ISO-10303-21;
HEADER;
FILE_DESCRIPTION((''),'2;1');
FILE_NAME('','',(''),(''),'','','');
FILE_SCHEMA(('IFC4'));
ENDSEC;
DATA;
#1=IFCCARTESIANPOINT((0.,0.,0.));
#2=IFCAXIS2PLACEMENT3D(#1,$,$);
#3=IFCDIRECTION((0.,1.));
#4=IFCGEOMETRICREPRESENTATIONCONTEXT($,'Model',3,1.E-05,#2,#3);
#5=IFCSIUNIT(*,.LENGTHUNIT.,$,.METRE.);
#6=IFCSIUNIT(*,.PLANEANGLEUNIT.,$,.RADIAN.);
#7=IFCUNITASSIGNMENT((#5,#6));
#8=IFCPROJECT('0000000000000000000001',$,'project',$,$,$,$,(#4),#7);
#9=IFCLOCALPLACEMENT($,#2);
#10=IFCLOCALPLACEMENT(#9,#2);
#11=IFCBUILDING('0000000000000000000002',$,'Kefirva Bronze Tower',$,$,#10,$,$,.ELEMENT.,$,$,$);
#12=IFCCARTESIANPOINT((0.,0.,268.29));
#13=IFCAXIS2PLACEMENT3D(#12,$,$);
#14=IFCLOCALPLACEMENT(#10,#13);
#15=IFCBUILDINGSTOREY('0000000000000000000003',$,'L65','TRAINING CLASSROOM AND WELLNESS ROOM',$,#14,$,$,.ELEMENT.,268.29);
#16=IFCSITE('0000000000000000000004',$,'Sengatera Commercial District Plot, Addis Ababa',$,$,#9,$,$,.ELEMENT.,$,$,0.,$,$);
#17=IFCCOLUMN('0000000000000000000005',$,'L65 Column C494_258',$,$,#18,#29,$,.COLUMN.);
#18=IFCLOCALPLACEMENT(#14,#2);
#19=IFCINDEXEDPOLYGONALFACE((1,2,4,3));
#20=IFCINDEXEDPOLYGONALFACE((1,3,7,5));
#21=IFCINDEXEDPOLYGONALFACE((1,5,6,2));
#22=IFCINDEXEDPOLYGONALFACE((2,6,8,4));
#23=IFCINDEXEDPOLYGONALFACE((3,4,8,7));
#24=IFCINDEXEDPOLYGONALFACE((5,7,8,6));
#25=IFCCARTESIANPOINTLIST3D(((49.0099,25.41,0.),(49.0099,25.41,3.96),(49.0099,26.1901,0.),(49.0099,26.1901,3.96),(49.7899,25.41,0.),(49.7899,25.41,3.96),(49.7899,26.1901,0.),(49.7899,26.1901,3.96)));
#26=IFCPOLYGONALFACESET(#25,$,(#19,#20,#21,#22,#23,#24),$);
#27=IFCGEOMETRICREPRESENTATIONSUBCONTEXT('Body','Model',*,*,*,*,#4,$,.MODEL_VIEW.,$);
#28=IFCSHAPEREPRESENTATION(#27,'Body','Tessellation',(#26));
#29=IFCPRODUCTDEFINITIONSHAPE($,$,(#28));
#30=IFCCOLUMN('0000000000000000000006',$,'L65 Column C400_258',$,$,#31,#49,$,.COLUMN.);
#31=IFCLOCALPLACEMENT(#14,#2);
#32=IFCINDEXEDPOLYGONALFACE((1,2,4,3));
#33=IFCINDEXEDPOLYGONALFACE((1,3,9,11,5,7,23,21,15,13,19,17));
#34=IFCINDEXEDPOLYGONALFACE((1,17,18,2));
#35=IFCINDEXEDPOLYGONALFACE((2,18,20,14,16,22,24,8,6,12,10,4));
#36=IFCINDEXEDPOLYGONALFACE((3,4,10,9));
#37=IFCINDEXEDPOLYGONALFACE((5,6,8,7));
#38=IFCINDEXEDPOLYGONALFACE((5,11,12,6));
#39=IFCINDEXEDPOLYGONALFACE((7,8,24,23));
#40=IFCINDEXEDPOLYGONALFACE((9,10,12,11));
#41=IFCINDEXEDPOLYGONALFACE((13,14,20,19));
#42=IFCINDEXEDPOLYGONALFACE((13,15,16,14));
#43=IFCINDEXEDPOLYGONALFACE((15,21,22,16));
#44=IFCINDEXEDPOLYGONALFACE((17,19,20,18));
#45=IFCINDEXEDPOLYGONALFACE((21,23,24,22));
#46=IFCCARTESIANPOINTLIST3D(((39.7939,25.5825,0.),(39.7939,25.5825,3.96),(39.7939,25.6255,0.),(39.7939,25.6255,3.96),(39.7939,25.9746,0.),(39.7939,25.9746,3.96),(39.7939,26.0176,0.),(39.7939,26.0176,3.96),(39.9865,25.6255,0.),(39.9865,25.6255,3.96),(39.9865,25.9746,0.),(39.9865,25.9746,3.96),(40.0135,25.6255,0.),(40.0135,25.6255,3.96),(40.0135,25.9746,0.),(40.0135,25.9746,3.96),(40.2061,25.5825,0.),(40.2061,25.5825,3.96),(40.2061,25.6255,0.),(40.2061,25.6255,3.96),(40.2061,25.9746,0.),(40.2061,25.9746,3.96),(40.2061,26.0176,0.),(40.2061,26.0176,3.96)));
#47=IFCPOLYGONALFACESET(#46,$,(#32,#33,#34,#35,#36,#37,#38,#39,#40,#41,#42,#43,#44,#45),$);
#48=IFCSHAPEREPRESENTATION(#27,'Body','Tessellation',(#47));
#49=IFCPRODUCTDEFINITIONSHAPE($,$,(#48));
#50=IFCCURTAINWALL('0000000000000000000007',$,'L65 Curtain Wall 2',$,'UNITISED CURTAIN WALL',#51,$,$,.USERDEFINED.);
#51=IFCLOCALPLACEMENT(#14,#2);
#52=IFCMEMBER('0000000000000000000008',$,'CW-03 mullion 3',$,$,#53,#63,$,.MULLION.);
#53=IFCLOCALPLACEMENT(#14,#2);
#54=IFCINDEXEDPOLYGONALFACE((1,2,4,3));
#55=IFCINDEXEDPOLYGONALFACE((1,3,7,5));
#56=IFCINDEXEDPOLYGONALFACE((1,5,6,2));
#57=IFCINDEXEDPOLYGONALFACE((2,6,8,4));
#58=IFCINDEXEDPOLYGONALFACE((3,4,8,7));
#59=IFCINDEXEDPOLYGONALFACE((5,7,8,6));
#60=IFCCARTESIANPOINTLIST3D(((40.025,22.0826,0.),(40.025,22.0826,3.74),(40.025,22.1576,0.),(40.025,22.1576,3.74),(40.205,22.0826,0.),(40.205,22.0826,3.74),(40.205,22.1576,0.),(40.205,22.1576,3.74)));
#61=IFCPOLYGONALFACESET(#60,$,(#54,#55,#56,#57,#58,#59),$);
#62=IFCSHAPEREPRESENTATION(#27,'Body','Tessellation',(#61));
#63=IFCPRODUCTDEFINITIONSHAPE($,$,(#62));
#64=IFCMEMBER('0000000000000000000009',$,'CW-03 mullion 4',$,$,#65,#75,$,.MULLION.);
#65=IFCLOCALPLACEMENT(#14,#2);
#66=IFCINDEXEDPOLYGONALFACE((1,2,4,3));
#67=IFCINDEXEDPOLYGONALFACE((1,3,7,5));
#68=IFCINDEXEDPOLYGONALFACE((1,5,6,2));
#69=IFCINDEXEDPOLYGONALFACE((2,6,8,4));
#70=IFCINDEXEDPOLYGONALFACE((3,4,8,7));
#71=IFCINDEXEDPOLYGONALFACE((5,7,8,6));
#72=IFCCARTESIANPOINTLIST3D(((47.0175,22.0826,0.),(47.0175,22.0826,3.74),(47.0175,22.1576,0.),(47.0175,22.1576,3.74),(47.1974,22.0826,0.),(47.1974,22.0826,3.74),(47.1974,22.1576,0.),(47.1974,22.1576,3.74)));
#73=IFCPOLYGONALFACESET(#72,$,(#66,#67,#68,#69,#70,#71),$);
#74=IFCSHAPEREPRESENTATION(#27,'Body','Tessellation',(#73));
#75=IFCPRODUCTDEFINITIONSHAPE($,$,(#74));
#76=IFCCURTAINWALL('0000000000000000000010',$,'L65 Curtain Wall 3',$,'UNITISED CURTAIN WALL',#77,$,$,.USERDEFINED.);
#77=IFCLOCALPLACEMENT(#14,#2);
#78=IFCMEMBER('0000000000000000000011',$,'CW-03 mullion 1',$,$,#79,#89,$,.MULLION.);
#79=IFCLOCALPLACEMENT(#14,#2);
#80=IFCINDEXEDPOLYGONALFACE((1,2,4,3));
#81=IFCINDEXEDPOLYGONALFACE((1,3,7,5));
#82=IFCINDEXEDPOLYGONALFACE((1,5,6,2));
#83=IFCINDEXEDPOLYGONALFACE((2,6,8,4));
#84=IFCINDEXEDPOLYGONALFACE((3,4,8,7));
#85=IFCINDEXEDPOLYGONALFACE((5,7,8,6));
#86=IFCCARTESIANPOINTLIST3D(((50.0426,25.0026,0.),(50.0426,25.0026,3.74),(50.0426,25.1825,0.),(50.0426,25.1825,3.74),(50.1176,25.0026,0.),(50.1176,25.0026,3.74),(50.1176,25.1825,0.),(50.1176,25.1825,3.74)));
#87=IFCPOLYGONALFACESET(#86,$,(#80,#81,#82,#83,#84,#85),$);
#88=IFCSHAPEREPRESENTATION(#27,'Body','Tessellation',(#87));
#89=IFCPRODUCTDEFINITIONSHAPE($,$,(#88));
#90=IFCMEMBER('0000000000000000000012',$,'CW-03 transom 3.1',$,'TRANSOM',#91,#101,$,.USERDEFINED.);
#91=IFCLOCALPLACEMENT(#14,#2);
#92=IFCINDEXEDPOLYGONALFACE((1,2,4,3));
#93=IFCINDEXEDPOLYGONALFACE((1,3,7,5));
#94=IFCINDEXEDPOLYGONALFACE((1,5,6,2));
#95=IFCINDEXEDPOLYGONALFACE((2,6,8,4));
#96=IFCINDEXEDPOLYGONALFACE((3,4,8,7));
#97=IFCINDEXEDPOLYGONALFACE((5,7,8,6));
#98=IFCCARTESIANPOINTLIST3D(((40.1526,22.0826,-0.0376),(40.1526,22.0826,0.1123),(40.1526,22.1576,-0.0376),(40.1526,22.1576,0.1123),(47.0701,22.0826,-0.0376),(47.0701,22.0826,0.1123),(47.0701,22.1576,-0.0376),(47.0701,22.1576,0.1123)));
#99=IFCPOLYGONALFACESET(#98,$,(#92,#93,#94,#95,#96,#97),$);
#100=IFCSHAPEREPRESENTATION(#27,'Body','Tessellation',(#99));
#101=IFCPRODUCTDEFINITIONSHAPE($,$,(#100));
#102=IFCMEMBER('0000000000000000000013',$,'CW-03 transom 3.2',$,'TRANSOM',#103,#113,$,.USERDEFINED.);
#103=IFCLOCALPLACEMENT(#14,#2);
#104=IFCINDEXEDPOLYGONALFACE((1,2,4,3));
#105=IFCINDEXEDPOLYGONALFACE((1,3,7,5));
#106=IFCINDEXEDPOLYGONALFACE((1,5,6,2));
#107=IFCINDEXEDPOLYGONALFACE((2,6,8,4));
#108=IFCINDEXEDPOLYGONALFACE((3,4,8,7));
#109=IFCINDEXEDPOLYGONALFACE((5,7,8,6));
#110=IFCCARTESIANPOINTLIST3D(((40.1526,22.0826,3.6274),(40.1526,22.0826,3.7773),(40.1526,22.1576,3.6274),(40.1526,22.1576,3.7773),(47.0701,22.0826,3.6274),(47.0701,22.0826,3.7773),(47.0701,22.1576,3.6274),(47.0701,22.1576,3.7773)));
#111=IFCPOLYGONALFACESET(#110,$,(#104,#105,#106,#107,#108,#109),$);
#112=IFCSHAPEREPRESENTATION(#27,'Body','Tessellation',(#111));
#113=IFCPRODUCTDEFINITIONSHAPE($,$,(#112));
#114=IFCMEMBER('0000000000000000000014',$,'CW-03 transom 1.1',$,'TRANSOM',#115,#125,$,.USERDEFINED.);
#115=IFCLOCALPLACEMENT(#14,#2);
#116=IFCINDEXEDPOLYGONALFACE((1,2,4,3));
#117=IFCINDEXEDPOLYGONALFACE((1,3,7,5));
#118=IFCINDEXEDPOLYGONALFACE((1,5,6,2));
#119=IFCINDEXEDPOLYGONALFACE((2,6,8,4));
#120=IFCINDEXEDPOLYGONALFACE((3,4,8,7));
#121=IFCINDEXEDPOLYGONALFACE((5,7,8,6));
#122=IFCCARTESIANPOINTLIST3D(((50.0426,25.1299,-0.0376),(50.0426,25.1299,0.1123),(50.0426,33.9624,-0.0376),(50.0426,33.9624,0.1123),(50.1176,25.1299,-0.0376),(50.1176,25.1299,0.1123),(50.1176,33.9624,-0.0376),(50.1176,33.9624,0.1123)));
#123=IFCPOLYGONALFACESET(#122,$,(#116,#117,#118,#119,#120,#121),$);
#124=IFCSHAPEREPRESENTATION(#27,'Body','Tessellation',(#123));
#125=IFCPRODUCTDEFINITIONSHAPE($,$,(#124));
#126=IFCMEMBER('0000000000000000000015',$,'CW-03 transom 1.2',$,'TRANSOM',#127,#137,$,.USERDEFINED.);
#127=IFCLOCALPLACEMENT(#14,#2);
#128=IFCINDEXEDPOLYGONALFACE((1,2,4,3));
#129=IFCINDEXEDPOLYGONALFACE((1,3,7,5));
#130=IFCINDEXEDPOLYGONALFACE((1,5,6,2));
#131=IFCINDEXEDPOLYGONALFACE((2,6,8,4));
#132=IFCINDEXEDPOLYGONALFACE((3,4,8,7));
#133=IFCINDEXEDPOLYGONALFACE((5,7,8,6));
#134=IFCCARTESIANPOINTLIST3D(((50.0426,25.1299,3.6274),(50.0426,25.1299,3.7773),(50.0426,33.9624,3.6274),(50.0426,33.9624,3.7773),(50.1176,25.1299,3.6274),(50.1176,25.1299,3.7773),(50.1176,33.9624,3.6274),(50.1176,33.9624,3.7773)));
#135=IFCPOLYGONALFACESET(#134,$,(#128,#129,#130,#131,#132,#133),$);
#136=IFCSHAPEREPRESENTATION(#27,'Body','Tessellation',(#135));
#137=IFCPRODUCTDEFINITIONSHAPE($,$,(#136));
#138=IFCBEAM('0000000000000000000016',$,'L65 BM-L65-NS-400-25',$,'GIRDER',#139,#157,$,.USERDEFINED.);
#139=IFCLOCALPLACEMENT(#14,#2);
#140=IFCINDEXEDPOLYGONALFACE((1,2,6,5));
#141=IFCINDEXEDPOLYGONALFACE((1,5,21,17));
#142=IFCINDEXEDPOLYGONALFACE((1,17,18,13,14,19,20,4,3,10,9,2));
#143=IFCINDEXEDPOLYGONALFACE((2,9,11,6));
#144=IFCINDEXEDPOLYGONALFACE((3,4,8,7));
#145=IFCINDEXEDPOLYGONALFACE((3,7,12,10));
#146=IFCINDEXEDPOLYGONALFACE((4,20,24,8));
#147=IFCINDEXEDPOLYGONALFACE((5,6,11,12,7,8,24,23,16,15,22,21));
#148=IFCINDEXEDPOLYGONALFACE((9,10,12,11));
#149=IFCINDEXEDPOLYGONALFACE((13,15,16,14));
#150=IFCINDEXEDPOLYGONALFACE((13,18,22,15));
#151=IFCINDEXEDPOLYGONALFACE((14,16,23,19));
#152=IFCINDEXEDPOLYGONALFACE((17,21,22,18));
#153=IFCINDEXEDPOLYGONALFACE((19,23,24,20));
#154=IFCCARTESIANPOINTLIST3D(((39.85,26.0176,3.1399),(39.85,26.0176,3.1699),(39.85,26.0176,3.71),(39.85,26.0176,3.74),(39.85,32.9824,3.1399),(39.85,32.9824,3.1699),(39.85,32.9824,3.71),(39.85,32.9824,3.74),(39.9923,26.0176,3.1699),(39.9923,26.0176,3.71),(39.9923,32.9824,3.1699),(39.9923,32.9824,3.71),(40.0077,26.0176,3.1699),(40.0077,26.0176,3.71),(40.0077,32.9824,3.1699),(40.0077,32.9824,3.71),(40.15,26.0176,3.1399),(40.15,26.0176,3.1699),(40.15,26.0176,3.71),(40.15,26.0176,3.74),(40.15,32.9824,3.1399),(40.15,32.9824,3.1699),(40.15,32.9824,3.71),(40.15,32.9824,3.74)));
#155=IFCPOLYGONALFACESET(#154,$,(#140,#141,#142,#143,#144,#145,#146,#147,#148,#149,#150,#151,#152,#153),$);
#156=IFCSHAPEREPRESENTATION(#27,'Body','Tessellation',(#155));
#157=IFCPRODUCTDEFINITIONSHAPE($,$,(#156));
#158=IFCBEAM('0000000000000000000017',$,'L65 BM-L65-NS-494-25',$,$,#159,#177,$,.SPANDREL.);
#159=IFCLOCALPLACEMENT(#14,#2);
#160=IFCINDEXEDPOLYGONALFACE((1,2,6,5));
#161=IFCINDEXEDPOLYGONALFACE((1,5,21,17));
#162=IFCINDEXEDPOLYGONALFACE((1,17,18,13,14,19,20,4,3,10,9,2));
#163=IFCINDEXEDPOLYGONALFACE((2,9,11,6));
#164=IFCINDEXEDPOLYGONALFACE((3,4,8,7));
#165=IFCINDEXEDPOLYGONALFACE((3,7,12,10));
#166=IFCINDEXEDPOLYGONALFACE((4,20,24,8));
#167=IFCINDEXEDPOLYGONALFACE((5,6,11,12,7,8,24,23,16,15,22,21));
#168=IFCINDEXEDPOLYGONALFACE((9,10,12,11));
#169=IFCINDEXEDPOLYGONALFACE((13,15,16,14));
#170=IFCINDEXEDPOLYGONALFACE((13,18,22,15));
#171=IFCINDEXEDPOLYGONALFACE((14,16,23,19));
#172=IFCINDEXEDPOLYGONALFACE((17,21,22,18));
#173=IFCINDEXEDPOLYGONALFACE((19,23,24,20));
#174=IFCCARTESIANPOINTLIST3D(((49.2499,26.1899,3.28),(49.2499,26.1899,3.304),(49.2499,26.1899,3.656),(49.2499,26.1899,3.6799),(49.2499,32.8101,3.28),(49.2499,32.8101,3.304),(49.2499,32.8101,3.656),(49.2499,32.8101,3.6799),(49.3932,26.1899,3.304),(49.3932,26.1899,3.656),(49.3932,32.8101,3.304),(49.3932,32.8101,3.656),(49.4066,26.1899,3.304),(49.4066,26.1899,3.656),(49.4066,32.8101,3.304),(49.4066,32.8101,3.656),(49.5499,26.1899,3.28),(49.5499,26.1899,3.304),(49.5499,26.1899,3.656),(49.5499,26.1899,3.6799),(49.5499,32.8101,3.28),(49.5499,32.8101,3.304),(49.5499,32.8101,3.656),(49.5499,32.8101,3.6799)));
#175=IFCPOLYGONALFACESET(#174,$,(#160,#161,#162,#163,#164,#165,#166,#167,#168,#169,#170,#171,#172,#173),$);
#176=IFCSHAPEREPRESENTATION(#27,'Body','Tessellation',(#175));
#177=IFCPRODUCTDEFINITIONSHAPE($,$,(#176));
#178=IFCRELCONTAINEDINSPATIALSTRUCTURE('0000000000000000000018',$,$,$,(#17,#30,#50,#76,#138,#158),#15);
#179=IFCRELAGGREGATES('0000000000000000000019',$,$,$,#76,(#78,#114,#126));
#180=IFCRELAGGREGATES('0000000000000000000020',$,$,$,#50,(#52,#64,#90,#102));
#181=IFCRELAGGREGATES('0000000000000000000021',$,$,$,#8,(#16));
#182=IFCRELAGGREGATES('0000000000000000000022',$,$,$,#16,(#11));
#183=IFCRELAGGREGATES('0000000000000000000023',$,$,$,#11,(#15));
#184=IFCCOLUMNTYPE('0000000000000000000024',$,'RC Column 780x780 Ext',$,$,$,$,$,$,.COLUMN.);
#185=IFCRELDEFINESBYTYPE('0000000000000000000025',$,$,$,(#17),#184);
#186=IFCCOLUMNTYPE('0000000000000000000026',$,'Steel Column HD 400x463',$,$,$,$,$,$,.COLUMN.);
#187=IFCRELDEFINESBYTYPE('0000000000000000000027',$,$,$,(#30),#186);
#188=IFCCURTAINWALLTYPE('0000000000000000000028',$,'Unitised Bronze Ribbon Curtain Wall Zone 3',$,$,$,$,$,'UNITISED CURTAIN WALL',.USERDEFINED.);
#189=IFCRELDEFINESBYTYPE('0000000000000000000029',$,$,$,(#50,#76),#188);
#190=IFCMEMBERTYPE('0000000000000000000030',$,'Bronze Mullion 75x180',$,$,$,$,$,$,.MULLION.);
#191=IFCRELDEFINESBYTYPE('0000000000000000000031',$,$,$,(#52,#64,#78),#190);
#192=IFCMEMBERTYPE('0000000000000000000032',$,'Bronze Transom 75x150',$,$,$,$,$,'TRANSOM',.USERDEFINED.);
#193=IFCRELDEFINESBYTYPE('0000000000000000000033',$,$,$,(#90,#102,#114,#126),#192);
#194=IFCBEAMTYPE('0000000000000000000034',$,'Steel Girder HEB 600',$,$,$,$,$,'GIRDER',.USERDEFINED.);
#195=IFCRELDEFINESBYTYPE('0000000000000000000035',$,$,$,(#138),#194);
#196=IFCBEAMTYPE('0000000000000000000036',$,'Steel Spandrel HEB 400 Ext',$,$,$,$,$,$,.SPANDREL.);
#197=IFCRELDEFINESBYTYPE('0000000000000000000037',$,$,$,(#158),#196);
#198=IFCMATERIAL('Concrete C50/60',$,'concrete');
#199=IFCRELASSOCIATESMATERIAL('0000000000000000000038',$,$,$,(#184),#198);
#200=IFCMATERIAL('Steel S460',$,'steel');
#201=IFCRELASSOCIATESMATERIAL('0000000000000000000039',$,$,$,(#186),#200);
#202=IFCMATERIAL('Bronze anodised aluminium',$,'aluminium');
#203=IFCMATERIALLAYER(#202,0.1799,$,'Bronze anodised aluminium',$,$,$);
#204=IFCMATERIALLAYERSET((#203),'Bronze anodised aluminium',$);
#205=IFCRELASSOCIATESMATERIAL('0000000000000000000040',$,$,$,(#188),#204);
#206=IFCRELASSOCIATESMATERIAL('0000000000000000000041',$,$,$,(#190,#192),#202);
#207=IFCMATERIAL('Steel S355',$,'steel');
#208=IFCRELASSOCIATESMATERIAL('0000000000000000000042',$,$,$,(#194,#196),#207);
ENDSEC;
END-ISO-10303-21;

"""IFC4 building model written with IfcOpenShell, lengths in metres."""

from ifc_helpers import new_model, si_unit, direction, frame, origin, origin_2d, place, context, subcontext, project, spatial, rectangle, i_section, extrude, material, layer, layer_set, material_profile, profile_set, type_object, element, aggregate, save


model = new_model("IFC4")

# Units and contexts
model_context = context("Model", 3, precision=1e-05, world=origin(), true_north=direction((0.0, 1.0)))
body_context = subcontext(model_context, "Body", "Model", "MODEL_VIEW")
ifc_project = project(units=[si_unit("LENGTHUNIT", "METRE"), si_unit("PLANEANGLEUNIT", "RADIAN")], contexts=[model_context])

# Site, building, storey
site_placement = place(None, origin())
site = spatial("IfcSite", under=ifc_project, at=site_placement, Name="Sengatera Commercial District Plot, Addis Ababa", CompositionType="ELEMENT", RefElevation=0.0)
building_placement = place(site_placement, origin())
building = spatial("IfcBuilding", under=site, at=building_placement, Name="Kefirva Bronze Tower", CompositionType="ELEMENT")
storey_placement = place(building_placement, frame((0.0, 0.0, 268.29)))
storey = spatial("IfcBuildingStorey", under=building, at=storey_placement, Name="L65", Description="TRAINING CLASSROOM AND WELLNESS ROOM", CompositionType="ELEMENT", Elevation=268.29)

# Columns
ifc_material_1 = material(Name="Concrete C50/60", Category="concrete")
ifc_material_profile_1 = material_profile(ifc_material_1, rectangle(XDim=0.78, YDim=0.78, at=origin_2d()), Name="RC 780x780")
ifc_profile_set_1 = profile_set([ifc_material_profile_1], Name="Concrete C50/60")
column_type_1 = type_object("IfcColumnType", Name="RC Column 780x780 Ext", PredefinedType="COLUMN", material=ifc_profile_set_1)
column_1_placement = place(storey_placement, frame((49.3999, 25.8, 0.0), z_axis=(0.0, 0.0, 1.0), x_axis=(1.0, 0.0, 0.0)))
element("IfcColumn", 1, at=column_1_placement, inside=storey, type_object=column_type_1, Name="L65 Column C494_258", PredefinedType="COLUMN", context=body_context, shape_type="SweptSolid", body=[
    extrude(rectangle(XDim=0.78, YDim=0.78, at=origin_2d()), origin(), (0.0, 0.0, 1.0), 3.96),
])
ifc_material_2 = material(Name="Steel S460", Category="steel")
ifc_material_profile_2 = material_profile(ifc_material_2, i_section(OverallWidth=0.4121, OverallDepth=0.4351, WebThickness=0.0271, FlangeThickness=0.043, at=origin_2d()), Name="HD 400x463")
ifc_profile_set_2 = profile_set([ifc_material_profile_2], Name="Steel S460")
column_type_2 = type_object("IfcColumnType", Name="Steel Column HD 400x463", PredefinedType="COLUMN", material=ifc_profile_set_2)
column_2_placement = place(storey_placement, frame((40.0, 25.8, 0.0), z_axis=(0.0, 0.0, 1.0), x_axis=(1.0, 0.0, 0.0)))
element("IfcColumn", 2, at=column_2_placement, inside=storey, type_object=column_type_2, Name="L65 Column C400_258", PredefinedType="COLUMN", context=body_context, shape_type="SweptSolid", body=[
    extrude(i_section(OverallWidth=0.4121, OverallDepth=0.4351, WebThickness=0.0271, FlangeThickness=0.043, at=origin_2d()), origin(), (0.0, 0.0, 1.0), 3.96),
])

# Curtain wall, members
ifc_material_3 = material(Name="Bronze anodised aluminium", Category="aluminium")
ifc_layer_1 = layer(ifc_material_3, 0.1799, Name="Bronze anodised aluminium")
ifc_layer_set_1 = layer_set([ifc_layer_1], Name="Bronze anodised aluminium")
curtain_wall_type = type_object("IfcCurtainWallType", Name="Unitised Bronze Ribbon Curtain Wall Zone 3", ElementType="UNITISED CURTAIN WALL", PredefinedType="USERDEFINED", material=ifc_layer_set_1)
curtain_wall_1_placement = place(storey_placement, origin())
curtain_wall_1 = element("IfcCurtainWall", 3, at=curtain_wall_1_placement, inside=storey, type_object=curtain_wall_type, Name="L65 Curtain Wall 2", ObjectType="UNITISED CURTAIN WALL", PredefinedType="USERDEFINED")
ifc_material_profile_3 = material_profile(ifc_material_3, rectangle(XDim=0.075, YDim=0.1799, at=origin_2d()), Name="ALU 75x180")
ifc_profile_set_3 = profile_set([ifc_material_profile_3], Name="Bronze anodised aluminium")
member_type_1 = type_object("IfcMemberType", Name="Bronze Mullion 75x180", PredefinedType="MULLION", material=ifc_profile_set_3)
member_1_placement = place(storey_placement, frame((40.115, 22.1201, 0.0), z_axis=(0.0, 0.0, 1.0), x_axis=(0.0, 1.0, 0.0)))
member_1 = element("IfcMember", 4, at=member_1_placement, type_object=member_type_1, Name="CW-03 mullion 3", PredefinedType="MULLION", context=body_context, shape_type="SweptSolid", body=[
    extrude(rectangle(XDim=0.075, YDim=0.1799, at=origin_2d()), origin(), (0.0, 0.0, 1.0), 3.74),
])
member_2_placement = place(storey_placement, frame((47.1074, 22.1201, 0.0), z_axis=(0.0, 0.0, 1.0), x_axis=(0.0, 1.0, 0.0)))
member_2 = element("IfcMember", 5, at=member_2_placement, type_object=member_type_1, Name="CW-03 mullion 4", PredefinedType="MULLION", context=body_context, shape_type="SweptSolid", body=[
    extrude(rectangle(XDim=0.075, YDim=0.1799, at=origin_2d()), origin(), (0.0, 0.0, 1.0), 3.74),
])

# Curtain wall, member
curtain_wall_2_placement = place(storey_placement, origin())
curtain_wall_2 = element("IfcCurtainWall", 6, at=curtain_wall_2_placement, inside=storey, type_object=curtain_wall_type, Name="L65 Curtain Wall 3", ObjectType="UNITISED CURTAIN WALL", PredefinedType="USERDEFINED")
member_3_placement = place(storey_placement, frame((50.0801, 25.0925, 0.0), z_axis=(0.0, 0.0, 1.0), x_axis=(-1.0, 0.0, 0.0)))
member_3 = element("IfcMember", 7, at=member_3_placement, type_object=member_type_1, Name="CW-03 mullion 1", PredefinedType="MULLION", context=body_context, shape_type="SweptSolid", body=[
    extrude(rectangle(XDim=0.075, YDim=0.1799, at=origin_2d()), origin(), (0.0, 0.0, 1.0), 3.74),
])

# Members
ifc_material_profile_4 = material_profile(ifc_material_3, rectangle(XDim=0.075, YDim=0.1499, at=origin_2d()), Name="ALU 75x150")
ifc_profile_set_4 = profile_set([ifc_material_profile_4], Name="Bronze anodised aluminium")
member_type_2 = type_object("IfcMemberType", Name="Bronze Transom 75x150", ElementType="TRANSOM", PredefinedType="USERDEFINED", material=ifc_profile_set_4)
member_4_placement = place(storey_placement, frame((40.1526, 22.1201, 0.0374), z_axis=(1.0, 0.0, 0.0), x_axis=(0.0, 1.0, 0.0)))
member_4 = element("IfcMember", 8, at=member_4_placement, type_object=member_type_2, Name="CW-03 transom 3.1", ObjectType="TRANSOM", PredefinedType="USERDEFINED", context=body_context, shape_type="SweptSolid", body=[
    extrude(rectangle(XDim=0.075, YDim=0.1499, at=origin_2d()), origin(), (0.0, 0.0, 1.0), 6.9175),
])
member_5_placement = place(storey_placement, frame((40.1526, 22.1201, 3.7024), z_axis=(1.0, 0.0, 0.0), x_axis=(0.0, 1.0, 0.0)))
member_5 = element("IfcMember", 9, at=member_5_placement, type_object=member_type_2, Name="CW-03 transom 3.2", ObjectType="TRANSOM", PredefinedType="USERDEFINED", context=body_context, shape_type="SweptSolid", body=[
    extrude(rectangle(XDim=0.075, YDim=0.1499, at=origin_2d()), origin(), (0.0, 0.0, 1.0), 6.9175),
])
member_6_placement = place(storey_placement, frame((50.0801, 25.1299, 0.0374), z_axis=(0.0, 1.0, 0.0), x_axis=(-1.0, 0.0, 0.0)))
member_6 = element("IfcMember", 10, at=member_6_placement, type_object=member_type_2, Name="CW-03 transom 1.1", ObjectType="TRANSOM", PredefinedType="USERDEFINED", context=body_context, shape_type="SweptSolid", body=[
    extrude(rectangle(XDim=0.075, YDim=0.1499, at=origin_2d()), origin(), (0.0, 0.0, 1.0), 8.8325),
])
member_7_placement = place(storey_placement, frame((50.0801, 25.1299, 3.7024), z_axis=(0.0, 1.0, 0.0), x_axis=(-1.0, 0.0, 0.0)))
member_7 = element("IfcMember", 11, at=member_7_placement, type_object=member_type_2, Name="CW-03 transom 1.2", ObjectType="TRANSOM", PredefinedType="USERDEFINED", context=body_context, shape_type="SweptSolid", body=[
    extrude(rectangle(XDim=0.075, YDim=0.1499, at=origin_2d()), origin(), (0.0, 0.0, 1.0), 8.8325),
])
aggregate(curtain_wall_2, [member_3, member_6, member_7])

# Beams
ifc_material_4 = material(Name="Steel S355", Category="steel")
ifc_material_profile_5 = material_profile(ifc_material_4, i_section(OverallWidth=0.3, OverallDepth=0.6001, WebThickness=0.0154, FlangeThickness=0.03, at=origin_2d()), Name="HEB 600")
ifc_profile_set_5 = profile_set([ifc_material_profile_5], Name="Steel S355")
beam_type_1 = type_object("IfcBeamType", Name="Steel Girder HEB 600", ElementType="GIRDER", PredefinedType="USERDEFINED", material=ifc_profile_set_5)
beam_1_placement = place(storey_placement, frame((40.0, 26.0176, 3.4399), z_axis=(0.0, 1.0, 0.0), x_axis=(-1.0, 0.0, 0.0)))
element("IfcBeam", 12, at=beam_1_placement, inside=storey, type_object=beam_type_1, Name="L65 BM-L65-NS-400-25", ObjectType="GIRDER", PredefinedType="USERDEFINED", context=body_context, shape_type="SweptSolid", body=[
    extrude(i_section(OverallWidth=0.3, OverallDepth=0.6001, WebThickness=0.0154, FlangeThickness=0.03, at=origin_2d()), origin(), (0.0, 0.0, 1.0), 6.9648),
])
ifc_material_profile_6 = material_profile(ifc_material_4, i_section(OverallWidth=0.3, OverallDepth=0.3999, WebThickness=0.0134, FlangeThickness=0.0239, at=origin_2d()), Name="HEB 400")
ifc_profile_set_6 = profile_set([ifc_material_profile_6], Name="Steel S355")
beam_type_2 = type_object("IfcBeamType", Name="Steel Spandrel HEB 400 Ext", PredefinedType="SPANDREL", material=ifc_profile_set_6)
beam_2_placement = place(storey_placement, frame((49.3999, 26.1899, 3.48), z_axis=(0.0, 1.0, 0.0), x_axis=(-1.0, 0.0, 0.0)))
element("IfcBeam", 13, at=beam_2_placement, inside=storey, type_object=beam_type_2, Name="L65 BM-L65-NS-494-25", PredefinedType="SPANDREL", context=body_context, shape_type="SweptSolid", body=[
    extrude(i_section(OverallWidth=0.3, OverallDepth=0.3999, WebThickness=0.0134, FlangeThickness=0.0239, at=origin_2d()), origin(), (0.0, 0.0, 1.0), 6.6201),
])

aggregate(curtain_wall_1, [member_1, member_2, member_4, member_5])

save(model, "model.ifc")
